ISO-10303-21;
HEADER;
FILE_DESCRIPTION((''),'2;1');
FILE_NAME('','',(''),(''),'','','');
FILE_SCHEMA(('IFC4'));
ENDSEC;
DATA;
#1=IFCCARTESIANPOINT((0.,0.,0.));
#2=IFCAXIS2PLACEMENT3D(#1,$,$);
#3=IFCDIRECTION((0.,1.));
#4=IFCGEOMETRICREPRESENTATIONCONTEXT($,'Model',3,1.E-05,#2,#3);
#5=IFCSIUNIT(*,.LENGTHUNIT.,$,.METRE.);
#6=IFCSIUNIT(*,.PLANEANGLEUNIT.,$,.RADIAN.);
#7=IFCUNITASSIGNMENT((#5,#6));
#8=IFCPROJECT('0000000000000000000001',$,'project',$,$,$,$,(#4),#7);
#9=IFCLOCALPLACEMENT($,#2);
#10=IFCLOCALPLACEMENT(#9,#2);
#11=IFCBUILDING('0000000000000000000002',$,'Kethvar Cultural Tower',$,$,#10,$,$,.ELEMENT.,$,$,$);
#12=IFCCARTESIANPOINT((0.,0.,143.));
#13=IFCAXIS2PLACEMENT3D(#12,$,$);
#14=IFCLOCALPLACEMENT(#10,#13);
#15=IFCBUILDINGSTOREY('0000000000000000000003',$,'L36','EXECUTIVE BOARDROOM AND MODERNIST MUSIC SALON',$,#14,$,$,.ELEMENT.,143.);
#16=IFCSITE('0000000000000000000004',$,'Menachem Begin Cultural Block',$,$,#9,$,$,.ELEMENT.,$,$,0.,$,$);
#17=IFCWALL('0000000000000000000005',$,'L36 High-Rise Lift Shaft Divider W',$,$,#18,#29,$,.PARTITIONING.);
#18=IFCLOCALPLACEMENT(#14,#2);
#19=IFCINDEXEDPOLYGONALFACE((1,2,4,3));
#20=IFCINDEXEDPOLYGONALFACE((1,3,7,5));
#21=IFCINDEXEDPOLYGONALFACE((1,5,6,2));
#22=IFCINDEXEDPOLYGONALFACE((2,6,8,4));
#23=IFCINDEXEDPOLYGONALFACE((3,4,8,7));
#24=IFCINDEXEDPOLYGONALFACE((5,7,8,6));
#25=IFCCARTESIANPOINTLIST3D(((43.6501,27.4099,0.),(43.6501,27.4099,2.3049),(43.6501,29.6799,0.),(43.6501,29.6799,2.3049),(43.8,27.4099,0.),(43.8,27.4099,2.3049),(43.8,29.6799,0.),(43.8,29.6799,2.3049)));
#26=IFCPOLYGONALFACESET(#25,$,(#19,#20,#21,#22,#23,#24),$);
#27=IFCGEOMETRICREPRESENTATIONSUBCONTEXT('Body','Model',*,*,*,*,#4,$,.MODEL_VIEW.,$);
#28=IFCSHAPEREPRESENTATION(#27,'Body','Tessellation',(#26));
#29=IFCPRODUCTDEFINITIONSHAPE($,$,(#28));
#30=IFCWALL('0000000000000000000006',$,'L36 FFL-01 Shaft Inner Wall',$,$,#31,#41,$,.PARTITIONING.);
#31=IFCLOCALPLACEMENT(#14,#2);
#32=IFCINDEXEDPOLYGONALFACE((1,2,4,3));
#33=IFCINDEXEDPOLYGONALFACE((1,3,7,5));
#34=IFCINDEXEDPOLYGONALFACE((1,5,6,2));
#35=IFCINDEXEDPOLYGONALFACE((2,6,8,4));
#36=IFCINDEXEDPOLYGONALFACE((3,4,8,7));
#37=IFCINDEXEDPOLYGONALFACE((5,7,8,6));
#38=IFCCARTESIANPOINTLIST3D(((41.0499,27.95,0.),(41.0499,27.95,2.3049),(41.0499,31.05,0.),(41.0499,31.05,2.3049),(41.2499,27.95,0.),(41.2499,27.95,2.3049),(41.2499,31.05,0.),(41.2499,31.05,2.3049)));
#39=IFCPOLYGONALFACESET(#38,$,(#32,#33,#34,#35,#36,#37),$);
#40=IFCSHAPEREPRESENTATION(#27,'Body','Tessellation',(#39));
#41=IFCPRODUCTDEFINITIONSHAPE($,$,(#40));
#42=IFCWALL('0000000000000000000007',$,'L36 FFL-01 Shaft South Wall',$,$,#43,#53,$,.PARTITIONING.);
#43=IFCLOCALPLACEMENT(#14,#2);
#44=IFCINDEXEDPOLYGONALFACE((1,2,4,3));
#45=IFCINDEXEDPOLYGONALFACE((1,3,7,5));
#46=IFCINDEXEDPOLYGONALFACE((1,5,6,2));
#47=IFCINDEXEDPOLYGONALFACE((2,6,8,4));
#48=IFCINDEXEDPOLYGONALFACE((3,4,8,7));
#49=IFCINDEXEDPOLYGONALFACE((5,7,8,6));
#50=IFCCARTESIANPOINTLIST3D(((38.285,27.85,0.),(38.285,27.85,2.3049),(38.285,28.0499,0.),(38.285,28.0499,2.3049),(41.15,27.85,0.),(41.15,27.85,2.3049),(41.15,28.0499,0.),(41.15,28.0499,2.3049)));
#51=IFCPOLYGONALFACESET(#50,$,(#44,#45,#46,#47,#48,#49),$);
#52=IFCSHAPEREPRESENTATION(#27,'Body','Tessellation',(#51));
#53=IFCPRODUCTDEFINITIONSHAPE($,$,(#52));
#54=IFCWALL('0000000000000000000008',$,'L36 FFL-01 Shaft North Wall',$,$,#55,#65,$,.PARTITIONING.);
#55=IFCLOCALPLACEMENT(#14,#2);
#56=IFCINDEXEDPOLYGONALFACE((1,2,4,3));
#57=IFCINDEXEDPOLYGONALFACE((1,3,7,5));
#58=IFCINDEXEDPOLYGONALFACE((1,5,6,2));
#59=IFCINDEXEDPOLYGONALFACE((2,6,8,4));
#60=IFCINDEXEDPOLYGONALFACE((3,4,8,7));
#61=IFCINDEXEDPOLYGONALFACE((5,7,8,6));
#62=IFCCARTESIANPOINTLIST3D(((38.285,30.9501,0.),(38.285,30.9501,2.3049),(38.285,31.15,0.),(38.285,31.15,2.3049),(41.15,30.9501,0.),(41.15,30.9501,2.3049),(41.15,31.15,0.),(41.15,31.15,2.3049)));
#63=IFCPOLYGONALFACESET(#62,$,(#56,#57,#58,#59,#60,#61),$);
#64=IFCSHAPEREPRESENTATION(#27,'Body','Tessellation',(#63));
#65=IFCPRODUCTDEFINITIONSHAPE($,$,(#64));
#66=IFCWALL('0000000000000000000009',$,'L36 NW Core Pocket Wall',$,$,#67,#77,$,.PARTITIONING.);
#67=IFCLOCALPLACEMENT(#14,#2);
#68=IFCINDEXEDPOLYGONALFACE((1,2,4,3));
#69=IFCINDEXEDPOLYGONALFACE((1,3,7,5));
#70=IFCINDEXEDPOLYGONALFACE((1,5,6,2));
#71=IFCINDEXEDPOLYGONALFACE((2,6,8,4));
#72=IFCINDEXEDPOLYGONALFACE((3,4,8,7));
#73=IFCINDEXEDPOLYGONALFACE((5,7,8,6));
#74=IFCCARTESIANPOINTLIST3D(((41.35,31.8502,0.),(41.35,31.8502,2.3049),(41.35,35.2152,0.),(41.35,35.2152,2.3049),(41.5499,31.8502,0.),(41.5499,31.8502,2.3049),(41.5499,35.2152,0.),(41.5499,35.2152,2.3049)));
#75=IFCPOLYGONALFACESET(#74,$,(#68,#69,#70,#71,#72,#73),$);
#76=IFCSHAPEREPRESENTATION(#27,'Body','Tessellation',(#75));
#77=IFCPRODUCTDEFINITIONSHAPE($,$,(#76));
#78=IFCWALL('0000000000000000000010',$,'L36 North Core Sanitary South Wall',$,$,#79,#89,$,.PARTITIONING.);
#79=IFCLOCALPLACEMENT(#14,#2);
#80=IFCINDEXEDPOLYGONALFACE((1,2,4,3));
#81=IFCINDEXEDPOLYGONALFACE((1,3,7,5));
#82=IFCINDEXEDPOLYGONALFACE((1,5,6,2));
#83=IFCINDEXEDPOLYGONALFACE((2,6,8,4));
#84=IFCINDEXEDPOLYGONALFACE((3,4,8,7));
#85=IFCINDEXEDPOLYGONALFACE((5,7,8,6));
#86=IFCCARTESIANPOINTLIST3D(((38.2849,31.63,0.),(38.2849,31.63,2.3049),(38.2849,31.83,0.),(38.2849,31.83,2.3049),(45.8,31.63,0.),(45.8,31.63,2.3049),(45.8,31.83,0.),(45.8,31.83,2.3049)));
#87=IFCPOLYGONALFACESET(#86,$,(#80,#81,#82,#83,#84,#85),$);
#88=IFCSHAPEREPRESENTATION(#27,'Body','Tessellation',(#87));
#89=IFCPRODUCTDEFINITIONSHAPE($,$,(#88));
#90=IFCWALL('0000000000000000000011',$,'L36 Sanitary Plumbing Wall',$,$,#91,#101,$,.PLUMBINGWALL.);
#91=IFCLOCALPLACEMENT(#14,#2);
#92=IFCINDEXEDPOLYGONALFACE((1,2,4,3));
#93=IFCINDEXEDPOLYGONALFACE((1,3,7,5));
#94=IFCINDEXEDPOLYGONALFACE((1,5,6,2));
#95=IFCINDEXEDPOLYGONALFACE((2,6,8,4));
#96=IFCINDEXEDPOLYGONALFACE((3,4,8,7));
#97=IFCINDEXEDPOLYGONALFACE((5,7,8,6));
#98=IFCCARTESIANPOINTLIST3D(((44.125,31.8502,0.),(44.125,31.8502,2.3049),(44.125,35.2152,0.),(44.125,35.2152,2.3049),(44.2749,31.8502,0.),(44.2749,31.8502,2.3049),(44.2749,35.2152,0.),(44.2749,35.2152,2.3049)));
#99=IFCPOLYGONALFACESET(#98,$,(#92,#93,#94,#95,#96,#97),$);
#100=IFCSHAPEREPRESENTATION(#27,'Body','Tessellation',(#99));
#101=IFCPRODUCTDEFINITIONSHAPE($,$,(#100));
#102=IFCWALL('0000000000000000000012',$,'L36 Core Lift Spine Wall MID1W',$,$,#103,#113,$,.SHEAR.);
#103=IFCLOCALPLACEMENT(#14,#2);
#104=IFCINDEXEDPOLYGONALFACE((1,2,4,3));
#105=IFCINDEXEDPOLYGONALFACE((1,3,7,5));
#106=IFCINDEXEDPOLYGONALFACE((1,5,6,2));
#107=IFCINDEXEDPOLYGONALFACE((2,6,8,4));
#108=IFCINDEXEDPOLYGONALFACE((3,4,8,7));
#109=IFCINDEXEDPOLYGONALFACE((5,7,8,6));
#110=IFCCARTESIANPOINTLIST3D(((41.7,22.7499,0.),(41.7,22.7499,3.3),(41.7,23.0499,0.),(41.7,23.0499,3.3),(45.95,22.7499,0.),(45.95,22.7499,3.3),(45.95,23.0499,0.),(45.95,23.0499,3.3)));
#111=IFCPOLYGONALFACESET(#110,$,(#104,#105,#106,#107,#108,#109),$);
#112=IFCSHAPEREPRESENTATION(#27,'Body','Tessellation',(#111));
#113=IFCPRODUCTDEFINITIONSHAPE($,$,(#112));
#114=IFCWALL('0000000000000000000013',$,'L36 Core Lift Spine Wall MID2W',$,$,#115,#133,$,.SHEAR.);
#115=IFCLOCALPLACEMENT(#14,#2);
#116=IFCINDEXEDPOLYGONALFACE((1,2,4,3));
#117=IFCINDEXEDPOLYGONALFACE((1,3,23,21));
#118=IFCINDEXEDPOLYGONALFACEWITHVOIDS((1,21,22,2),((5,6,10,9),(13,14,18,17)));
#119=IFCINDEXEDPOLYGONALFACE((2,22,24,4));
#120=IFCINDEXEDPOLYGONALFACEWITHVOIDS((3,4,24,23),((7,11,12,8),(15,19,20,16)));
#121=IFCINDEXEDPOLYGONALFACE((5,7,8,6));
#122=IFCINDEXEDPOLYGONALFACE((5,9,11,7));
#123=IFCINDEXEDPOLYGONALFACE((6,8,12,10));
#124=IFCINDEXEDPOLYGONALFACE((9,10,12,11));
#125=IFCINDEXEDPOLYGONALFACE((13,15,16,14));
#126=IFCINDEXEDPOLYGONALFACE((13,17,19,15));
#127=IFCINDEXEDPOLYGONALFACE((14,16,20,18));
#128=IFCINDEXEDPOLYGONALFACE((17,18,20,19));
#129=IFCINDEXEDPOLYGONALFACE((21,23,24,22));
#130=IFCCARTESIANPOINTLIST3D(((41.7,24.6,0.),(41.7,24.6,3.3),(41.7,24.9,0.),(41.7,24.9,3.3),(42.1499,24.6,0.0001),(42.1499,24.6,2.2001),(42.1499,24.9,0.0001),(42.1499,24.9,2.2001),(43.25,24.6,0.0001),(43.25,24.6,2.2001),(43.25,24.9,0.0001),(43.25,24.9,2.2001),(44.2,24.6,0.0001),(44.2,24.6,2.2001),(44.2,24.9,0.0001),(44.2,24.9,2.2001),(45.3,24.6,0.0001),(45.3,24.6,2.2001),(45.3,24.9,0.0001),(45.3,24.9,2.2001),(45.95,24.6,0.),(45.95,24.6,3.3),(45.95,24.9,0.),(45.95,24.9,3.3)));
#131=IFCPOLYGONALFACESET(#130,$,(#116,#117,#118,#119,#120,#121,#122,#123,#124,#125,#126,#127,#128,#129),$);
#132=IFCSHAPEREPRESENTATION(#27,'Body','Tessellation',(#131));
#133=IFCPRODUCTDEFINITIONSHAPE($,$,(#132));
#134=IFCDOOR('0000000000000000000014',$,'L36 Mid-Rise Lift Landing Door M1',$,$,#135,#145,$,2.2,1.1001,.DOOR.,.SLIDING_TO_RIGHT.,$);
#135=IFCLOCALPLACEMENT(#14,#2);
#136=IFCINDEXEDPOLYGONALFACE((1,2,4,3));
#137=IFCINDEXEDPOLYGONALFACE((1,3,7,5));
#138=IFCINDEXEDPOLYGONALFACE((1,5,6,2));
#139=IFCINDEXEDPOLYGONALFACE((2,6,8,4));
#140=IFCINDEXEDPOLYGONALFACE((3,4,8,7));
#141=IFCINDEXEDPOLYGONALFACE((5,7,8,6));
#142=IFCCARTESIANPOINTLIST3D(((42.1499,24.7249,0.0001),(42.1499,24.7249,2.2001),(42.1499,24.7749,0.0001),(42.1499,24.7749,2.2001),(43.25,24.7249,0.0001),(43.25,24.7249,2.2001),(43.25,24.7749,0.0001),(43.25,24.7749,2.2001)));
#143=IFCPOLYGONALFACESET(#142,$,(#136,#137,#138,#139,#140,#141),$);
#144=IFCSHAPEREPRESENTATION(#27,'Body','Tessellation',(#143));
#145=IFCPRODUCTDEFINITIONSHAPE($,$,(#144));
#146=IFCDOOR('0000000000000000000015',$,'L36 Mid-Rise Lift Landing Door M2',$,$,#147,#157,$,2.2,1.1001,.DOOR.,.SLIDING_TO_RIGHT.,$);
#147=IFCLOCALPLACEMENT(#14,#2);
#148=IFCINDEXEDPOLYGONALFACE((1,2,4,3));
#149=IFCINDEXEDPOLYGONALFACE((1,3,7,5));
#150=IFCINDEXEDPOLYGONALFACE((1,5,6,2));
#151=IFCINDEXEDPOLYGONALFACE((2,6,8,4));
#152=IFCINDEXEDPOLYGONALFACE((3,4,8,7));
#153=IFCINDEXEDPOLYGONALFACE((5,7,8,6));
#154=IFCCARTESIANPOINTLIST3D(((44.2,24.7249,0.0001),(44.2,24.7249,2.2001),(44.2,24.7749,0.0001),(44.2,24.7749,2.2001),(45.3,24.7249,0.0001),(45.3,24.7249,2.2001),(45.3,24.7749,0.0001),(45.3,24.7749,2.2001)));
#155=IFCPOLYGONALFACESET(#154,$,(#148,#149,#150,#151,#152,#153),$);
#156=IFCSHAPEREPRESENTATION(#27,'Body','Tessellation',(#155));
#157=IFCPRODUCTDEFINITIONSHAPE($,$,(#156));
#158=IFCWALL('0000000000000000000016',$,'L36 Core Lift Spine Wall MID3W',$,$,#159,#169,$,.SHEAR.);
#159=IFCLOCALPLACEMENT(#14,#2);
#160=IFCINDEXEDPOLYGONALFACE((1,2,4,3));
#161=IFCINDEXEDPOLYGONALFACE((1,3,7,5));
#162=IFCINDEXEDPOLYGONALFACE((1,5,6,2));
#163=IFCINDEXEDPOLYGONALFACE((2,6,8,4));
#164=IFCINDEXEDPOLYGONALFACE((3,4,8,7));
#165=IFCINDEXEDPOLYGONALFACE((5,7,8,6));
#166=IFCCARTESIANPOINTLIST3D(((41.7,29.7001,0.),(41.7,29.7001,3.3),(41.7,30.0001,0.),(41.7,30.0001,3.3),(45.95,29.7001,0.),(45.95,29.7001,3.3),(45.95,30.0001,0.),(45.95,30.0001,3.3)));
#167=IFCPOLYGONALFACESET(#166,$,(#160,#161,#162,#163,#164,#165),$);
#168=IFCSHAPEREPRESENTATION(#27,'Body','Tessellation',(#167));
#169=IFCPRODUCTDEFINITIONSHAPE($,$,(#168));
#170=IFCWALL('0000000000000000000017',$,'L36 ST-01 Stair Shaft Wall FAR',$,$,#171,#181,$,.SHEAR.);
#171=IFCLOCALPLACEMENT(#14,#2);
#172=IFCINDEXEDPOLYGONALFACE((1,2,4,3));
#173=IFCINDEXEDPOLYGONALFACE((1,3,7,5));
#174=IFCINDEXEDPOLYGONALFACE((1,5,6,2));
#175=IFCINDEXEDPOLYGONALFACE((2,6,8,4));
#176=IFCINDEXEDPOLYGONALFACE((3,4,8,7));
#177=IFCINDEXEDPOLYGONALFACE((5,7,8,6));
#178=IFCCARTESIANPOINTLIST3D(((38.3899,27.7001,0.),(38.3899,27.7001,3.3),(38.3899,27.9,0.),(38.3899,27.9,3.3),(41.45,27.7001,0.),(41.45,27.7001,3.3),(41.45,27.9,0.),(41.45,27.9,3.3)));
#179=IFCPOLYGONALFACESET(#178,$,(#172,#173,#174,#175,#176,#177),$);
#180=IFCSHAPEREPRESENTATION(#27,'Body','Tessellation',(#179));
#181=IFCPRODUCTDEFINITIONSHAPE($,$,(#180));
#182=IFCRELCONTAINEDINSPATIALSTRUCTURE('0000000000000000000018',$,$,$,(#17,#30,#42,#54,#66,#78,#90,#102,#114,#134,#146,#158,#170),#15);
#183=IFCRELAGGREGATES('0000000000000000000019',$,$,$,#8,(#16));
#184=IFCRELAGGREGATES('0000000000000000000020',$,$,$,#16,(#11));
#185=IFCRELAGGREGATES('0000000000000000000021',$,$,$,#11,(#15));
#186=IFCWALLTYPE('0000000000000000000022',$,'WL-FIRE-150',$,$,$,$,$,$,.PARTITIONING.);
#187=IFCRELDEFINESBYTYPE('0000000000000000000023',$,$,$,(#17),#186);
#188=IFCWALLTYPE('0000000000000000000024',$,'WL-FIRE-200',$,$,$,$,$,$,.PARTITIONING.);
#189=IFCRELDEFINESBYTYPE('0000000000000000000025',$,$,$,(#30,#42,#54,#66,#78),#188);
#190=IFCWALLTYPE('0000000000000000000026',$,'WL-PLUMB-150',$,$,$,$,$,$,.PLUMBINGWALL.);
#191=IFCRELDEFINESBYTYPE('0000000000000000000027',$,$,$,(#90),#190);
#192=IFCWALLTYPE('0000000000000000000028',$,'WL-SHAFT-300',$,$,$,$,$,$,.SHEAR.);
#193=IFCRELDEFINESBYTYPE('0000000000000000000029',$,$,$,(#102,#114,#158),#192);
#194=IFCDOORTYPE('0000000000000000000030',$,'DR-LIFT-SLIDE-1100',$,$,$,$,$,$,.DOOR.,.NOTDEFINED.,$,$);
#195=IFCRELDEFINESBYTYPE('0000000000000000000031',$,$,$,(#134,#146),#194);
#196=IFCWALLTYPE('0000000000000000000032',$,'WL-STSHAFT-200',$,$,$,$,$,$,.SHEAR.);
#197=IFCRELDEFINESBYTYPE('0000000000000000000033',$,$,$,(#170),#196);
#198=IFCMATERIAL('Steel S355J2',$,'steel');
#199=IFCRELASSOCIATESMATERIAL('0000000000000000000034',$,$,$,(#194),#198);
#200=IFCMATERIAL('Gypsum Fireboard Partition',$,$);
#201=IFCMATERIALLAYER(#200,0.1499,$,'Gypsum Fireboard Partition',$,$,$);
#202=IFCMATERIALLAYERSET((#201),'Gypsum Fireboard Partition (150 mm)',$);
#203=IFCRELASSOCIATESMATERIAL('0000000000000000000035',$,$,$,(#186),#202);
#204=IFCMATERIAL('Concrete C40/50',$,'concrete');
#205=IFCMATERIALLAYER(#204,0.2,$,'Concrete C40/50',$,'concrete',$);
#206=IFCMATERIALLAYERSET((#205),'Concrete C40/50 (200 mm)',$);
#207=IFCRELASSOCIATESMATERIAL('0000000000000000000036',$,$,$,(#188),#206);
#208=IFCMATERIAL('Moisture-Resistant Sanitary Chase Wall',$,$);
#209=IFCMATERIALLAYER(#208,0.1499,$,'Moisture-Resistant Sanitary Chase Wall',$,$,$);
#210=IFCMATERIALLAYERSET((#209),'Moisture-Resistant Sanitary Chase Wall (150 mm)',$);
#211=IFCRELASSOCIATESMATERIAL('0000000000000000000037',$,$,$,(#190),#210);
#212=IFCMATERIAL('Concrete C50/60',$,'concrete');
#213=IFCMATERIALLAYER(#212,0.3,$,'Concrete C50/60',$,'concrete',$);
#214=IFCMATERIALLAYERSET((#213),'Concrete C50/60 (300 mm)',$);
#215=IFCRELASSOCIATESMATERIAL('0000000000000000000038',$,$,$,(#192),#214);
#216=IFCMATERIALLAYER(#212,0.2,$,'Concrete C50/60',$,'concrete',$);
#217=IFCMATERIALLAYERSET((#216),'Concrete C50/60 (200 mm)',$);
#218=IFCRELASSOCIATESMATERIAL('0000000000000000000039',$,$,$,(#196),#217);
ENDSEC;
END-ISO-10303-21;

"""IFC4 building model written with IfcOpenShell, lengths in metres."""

from ifc_helpers import new_model, si_unit, direction, frame, frame_2d, origin, place, context, subcontext, project, spatial, rectangle, extrude, source, transform, mapped, material, layer, layer_set, type_object, element, fill, save


model = new_model("IFC4")

# Units and contexts
model_context = context("Model", 3, precision=1e-05, world=origin(), true_north=direction((0.0, 1.0)))
body_context = subcontext(model_context, "Body", "Model", "MODEL_VIEW")
ifc_project = project(units=[si_unit("LENGTHUNIT", "METRE"), si_unit("PLANEANGLEUNIT", "RADIAN")], contexts=[model_context])

# Site, building, storey
site_placement = place(None, origin())
site = spatial("IfcSite", under=ifc_project, at=site_placement, Name="Menachem Begin Cultural Block", CompositionType="ELEMENT", RefElevation=0.0)
building_placement = place(site_placement, origin())
building = spatial("IfcBuilding", under=site, at=building_placement, Name="Kethvar Cultural Tower", CompositionType="ELEMENT")
storey_placement = place(building_placement, frame((0.0, 0.0, 143.0)))
storey = spatial("IfcBuildingStorey", under=building, at=storey_placement, Name="L36", Description="EXECUTIVE BOARDROOM AND MODERNIST MUSIC SALON", CompositionType="ELEMENT", Elevation=143.0)

# Shared definitions
ifc_material_1 = material(Name="Steel S355J2", Category="steel")

# Shared definitions
door_type = type_object("IfcDoorType", Name="DR-LIFT-SLIDE-1100", OperationType="NOTDEFINED", PredefinedType="DOOR", material=ifc_material_1)
shared_shape_1 = source(origin(), body_context, "Body", "SweptSolid", [
    extrude(rectangle(XDim=1.1001, YDim=2.2, at=frame_2d((0.55, 1.1001))), frame((0.0, 0.0249, 0.0), z_axis=(0.0, -1.0, 0.0), x_axis=(1.0, 0.0, 0.0)), (0.0, 0.0, 1.0), 0.05),
])

# Walls
ifc_material_2 = material(Name="Gypsum Fireboard Partition")
ifc_layer_1 = layer(ifc_material_2, 0.1499, Name="Gypsum Fireboard Partition")
ifc_layer_set_1 = layer_set([ifc_layer_1], Name="Gypsum Fireboard Partition (150 mm)")
wall_type_1 = type_object("IfcWallType", Name="WL-FIRE-150", PredefinedType="PARTITIONING", material=ifc_layer_set_1)
for number, where, z_axis, x_axis, name in (
    (1, (43.7251, 27.4099, 0.0), (0.0, 0.0, 1.0), (0.0, 1.0, 0.0), "L36 High-Rise Lift Shaft Divider W"),
):
    element("IfcWall", number, at=place(storey_placement, frame(where, z_axis=z_axis, x_axis=x_axis)), inside=storey, type_object=wall_type_1, Name=name, PredefinedType="PARTITIONING", context=body_context, shape_type="SweptSolid", body=[
        extrude(rectangle(XDim=2.27, YDim=0.1499, at=frame_2d((1.135, 0.0))), origin(), (0.0, 0.0, 1.0), 2.3049),
    ])
ifc_material_3 = material(Name="Concrete C40/50", Category="concrete")
ifc_layer_2 = layer(ifc_material_3, 0.2, Name="Concrete C40/50", Category="concrete")
ifc_layer_set_2 = layer_set([ifc_layer_2], Name="Concrete C40/50 (200 mm)")
wall_type_2 = type_object("IfcWallType", Name="WL-FIRE-200", PredefinedType="PARTITIONING", material=ifc_layer_set_2)
wall_1_placement = place(storey_placement, frame((41.1499, 27.95, 0.0), z_axis=(0.0, 0.0, 1.0), x_axis=(0.0, 1.0, 0.0)))
element("IfcWall", 2, at=wall_1_placement, inside=storey, type_object=wall_type_2, Name="L36 FFL-01 Shaft Inner Wall", PredefinedType="PARTITIONING", context=body_context, shape_type="SweptSolid", body=[
    extrude(rectangle(XDim=3.1001, YDim=0.2, at=frame_2d((1.55, 0.0))), origin(), (0.0, 0.0, 1.0), 2.3049),
])
for number, where, z_axis, x_axis, name in (
    (3, (38.2849, 27.95, 0.0), (0.0, 0.0, 1.0), (1.0, 0.0, 0.0), "L36 FFL-01 Shaft South Wall"),
    (4, (38.2849, 31.05, 0.0), (0.0, 0.0, 1.0), (1.0, 0.0, 0.0), "L36 FFL-01 Shaft North Wall"),
):
    element("IfcWall", number, at=place(storey_placement, frame(where, z_axis=z_axis, x_axis=x_axis)), inside=storey, type_object=wall_type_2, Name=name, PredefinedType="PARTITIONING", context=body_context, shape_type="SweptSolid", body=[
        extrude(rectangle(XDim=2.865, YDim=0.2, at=frame_2d((1.4326, 0.0))), origin(), (0.0, 0.0, 1.0), 2.3049),
    ])
wall_2_placement = place(storey_placement, frame((41.45, 31.8501, 0.0), z_axis=(0.0, 0.0, 1.0), x_axis=(0.0, 1.0, 0.0)))
element("IfcWall", 5, at=wall_2_placement, inside=storey, type_object=wall_type_2, Name="L36 NW Core Pocket Wall", PredefinedType="PARTITIONING", context=body_context, shape_type="SweptSolid", body=[
    extrude(rectangle(XDim=3.365, YDim=0.2, at=frame_2d((1.6826, 0.0))), origin(), (0.0, 0.0, 1.0), 2.3049),
])
wall_3_placement = place(storey_placement, frame((38.2849, 31.73, 0.0), z_axis=(0.0, 0.0, 1.0), x_axis=(1.0, 0.0, 0.0)))
element("IfcWall", 6, at=wall_3_placement, inside=storey, type_object=wall_type_2, Name="L36 North Core Sanitary South Wall", PredefinedType="PARTITIONING", context=body_context, shape_type="SweptSolid", body=[
    extrude(rectangle(XDim=7.5151, YDim=0.2, at=frame_2d((3.7576, 0.0))), origin(), (0.0, 0.0, 1.0), 2.3049),
])
ifc_material_4 = material(Name="Moisture-Resistant Sanitary Chase Wall")
ifc_layer_3 = layer(ifc_material_4, 0.1499, Name="Moisture-Resistant Sanitary Chase Wall")
ifc_layer_set_3 = layer_set([ifc_layer_3], Name="Moisture-Resistant Sanitary Chase Wall (150 mm)")
wall_type_3 = type_object("IfcWallType", Name="WL-PLUMB-150", PredefinedType="PLUMBINGWALL", material=ifc_layer_set_3)
wall_4_placement = place(storey_placement, frame((44.2, 31.8501, 0.0), z_axis=(0.0, 0.0, 1.0), x_axis=(0.0, 1.0, 0.0)))
element("IfcWall", 7, at=wall_4_placement, inside=storey, type_object=wall_type_3, Name="L36 Sanitary Plumbing Wall", PredefinedType="PLUMBINGWALL", context=body_context, shape_type="SweptSolid", body=[
    extrude(rectangle(XDim=3.365, YDim=0.1499, at=frame_2d((1.6826, 0.0))), origin(), (0.0, 0.0, 1.0), 2.3049),
])
ifc_material_5 = material(Name="Concrete C50/60", Category="concrete")
ifc_layer_4 = layer(ifc_material_5, 0.3, Name="Concrete C50/60", Category="concrete")
ifc_layer_set_4 = layer_set([ifc_layer_4], Name="Concrete C50/60 (300 mm)")
wall_type_4 = type_object("IfcWallType", Name="WL-SHAFT-300", PredefinedType="SHEAR", material=ifc_layer_set_4)
wall_5_placement = place(storey_placement, frame((41.7, 22.8999, 0.0), z_axis=(0.0, 0.0, 1.0), x_axis=(1.0, 0.0, 0.0)))
element("IfcWall", 8, at=wall_5_placement, inside=storey, type_object=wall_type_4, Name="L36 Core Lift Spine Wall MID1W", PredefinedType="SHEAR", context=body_context, shape_type="SweptSolid", body=[
    extrude(rectangle(XDim=4.25, YDim=0.3, at=frame_2d((2.125, 0.0))), origin(), (0.0, 0.0, 1.0), 3.3),
])

# Wall, openings, doors
wall_6_placement = place(storey_placement, frame((41.7, 24.75, 0.0), z_axis=(0.0, 0.0, 1.0), x_axis=(1.0, 0.0, 0.0)))
wall_6 = element("IfcWall", 9, at=wall_6_placement, inside=storey, type_object=wall_type_4, Name="L36 Core Lift Spine Wall MID2W", PredefinedType="SHEAR", context=body_context, shape_type="SweptSolid", body=[
    extrude(rectangle(XDim=4.25, YDim=0.3, at=frame_2d((2.125, 0.0))), origin(), (0.0, 0.0, 1.0), 3.3),
])
opening_1_placement = place(wall_6_placement, frame((0.45, 0.0, 0.0)))
opening_1 = element("IfcOpeningElement", 10, at=opening_1_placement, cuts=wall_6, PredefinedType="OPENING", context=body_context, shape_type="SweptSolid", body=[
    extrude(rectangle(XDim=1.1001, YDim=2.2, at=frame_2d((0.55, 1.1001))), frame((0.0, 0.1599, 0.0), z_axis=(0.0, -1.0, 0.0), x_axis=(1.0, 0.0, 0.0)), (0.0, 0.0, 1.0), 0.3201),
])
opening_2_placement = place(wall_6_placement, frame((2.5, 0.0, 0.0)))
opening_2 = element("IfcOpeningElement", 11, at=opening_2_placement, cuts=wall_6, PredefinedType="OPENING", context=body_context, shape_type="SweptSolid", body=[
    extrude(rectangle(XDim=1.1001, YDim=2.2, at=frame_2d((0.55, 1.1001))), frame((0.0, 0.1599, 0.0), z_axis=(0.0, -1.0, 0.0), x_axis=(1.0, 0.0, 0.0)), (0.0, 0.0, 1.0), 0.3201),
])
door_1_placement = place(opening_1_placement, origin())
door_1 = element("IfcDoor", 12, at=door_1_placement, inside=storey, type_object=door_type, Name="L36 Mid-Rise Lift Landing Door M1", OperationType="SLIDING_TO_RIGHT", OverallHeight=2.2, OverallWidth=1.1001, PredefinedType="DOOR", context=body_context, shape_type="MappedRepresentation", body=[
    mapped(shared_shape_1, transform((0.0, 0.0, 0.0), scale=1.0)),
])
fill(opening_1, door_1)
door_2_placement = place(opening_2_placement, origin())
door_2 = element("IfcDoor", 13, at=door_2_placement, inside=storey, type_object=door_type, Name="L36 Mid-Rise Lift Landing Door M2", OperationType="SLIDING_TO_RIGHT", OverallHeight=2.2, OverallWidth=1.1001, PredefinedType="DOOR", context=body_context, shape_type="MappedRepresentation", body=[
    mapped(shared_shape_1, transform((0.0, 0.0, 0.0), scale=1.0)),
])
fill(opening_2, door_2)

# Walls
wall_7_placement = place(storey_placement, frame((41.7, 29.8501, 0.0), z_axis=(0.0, 0.0, 1.0), x_axis=(1.0, 0.0, 0.0)))
element("IfcWall", 14, at=wall_7_placement, inside=storey, type_object=wall_type_4, Name="L36 Core Lift Spine Wall MID3W", PredefinedType="SHEAR", context=body_context, shape_type="SweptSolid", body=[
    extrude(rectangle(XDim=4.25, YDim=0.3, at=frame_2d((2.125, 0.0))), origin(), (0.0, 0.0, 1.0), 3.3),
])
ifc_layer_5 = layer(ifc_material_5, 0.2, Name="Concrete C50/60", Category="concrete")
ifc_layer_set_5 = layer_set([ifc_layer_5], Name="Concrete C50/60 (200 mm)")
wall_type_5 = type_object("IfcWallType", Name="WL-STSHAFT-200", PredefinedType="SHEAR", material=ifc_layer_set_5)
wall_8_placement = place(storey_placement, frame((38.3899, 27.8, 0.0), z_axis=(0.0, 0.0, 1.0), x_axis=(1.0, 0.0, 0.0)))
element("IfcWall", 15, at=wall_8_placement, inside=storey, type_object=wall_type_5, Name="L36 ST-01 Stair Shaft Wall FAR", PredefinedType="SHEAR", context=body_context, shape_type="SweptSolid", body=[
    extrude(rectangle(XDim=3.0601, YDim=0.2, at=frame_2d((1.53, 0.0))), origin(), (0.0, 0.0, 1.0), 3.3),
])

save(model, "model.ifc")
